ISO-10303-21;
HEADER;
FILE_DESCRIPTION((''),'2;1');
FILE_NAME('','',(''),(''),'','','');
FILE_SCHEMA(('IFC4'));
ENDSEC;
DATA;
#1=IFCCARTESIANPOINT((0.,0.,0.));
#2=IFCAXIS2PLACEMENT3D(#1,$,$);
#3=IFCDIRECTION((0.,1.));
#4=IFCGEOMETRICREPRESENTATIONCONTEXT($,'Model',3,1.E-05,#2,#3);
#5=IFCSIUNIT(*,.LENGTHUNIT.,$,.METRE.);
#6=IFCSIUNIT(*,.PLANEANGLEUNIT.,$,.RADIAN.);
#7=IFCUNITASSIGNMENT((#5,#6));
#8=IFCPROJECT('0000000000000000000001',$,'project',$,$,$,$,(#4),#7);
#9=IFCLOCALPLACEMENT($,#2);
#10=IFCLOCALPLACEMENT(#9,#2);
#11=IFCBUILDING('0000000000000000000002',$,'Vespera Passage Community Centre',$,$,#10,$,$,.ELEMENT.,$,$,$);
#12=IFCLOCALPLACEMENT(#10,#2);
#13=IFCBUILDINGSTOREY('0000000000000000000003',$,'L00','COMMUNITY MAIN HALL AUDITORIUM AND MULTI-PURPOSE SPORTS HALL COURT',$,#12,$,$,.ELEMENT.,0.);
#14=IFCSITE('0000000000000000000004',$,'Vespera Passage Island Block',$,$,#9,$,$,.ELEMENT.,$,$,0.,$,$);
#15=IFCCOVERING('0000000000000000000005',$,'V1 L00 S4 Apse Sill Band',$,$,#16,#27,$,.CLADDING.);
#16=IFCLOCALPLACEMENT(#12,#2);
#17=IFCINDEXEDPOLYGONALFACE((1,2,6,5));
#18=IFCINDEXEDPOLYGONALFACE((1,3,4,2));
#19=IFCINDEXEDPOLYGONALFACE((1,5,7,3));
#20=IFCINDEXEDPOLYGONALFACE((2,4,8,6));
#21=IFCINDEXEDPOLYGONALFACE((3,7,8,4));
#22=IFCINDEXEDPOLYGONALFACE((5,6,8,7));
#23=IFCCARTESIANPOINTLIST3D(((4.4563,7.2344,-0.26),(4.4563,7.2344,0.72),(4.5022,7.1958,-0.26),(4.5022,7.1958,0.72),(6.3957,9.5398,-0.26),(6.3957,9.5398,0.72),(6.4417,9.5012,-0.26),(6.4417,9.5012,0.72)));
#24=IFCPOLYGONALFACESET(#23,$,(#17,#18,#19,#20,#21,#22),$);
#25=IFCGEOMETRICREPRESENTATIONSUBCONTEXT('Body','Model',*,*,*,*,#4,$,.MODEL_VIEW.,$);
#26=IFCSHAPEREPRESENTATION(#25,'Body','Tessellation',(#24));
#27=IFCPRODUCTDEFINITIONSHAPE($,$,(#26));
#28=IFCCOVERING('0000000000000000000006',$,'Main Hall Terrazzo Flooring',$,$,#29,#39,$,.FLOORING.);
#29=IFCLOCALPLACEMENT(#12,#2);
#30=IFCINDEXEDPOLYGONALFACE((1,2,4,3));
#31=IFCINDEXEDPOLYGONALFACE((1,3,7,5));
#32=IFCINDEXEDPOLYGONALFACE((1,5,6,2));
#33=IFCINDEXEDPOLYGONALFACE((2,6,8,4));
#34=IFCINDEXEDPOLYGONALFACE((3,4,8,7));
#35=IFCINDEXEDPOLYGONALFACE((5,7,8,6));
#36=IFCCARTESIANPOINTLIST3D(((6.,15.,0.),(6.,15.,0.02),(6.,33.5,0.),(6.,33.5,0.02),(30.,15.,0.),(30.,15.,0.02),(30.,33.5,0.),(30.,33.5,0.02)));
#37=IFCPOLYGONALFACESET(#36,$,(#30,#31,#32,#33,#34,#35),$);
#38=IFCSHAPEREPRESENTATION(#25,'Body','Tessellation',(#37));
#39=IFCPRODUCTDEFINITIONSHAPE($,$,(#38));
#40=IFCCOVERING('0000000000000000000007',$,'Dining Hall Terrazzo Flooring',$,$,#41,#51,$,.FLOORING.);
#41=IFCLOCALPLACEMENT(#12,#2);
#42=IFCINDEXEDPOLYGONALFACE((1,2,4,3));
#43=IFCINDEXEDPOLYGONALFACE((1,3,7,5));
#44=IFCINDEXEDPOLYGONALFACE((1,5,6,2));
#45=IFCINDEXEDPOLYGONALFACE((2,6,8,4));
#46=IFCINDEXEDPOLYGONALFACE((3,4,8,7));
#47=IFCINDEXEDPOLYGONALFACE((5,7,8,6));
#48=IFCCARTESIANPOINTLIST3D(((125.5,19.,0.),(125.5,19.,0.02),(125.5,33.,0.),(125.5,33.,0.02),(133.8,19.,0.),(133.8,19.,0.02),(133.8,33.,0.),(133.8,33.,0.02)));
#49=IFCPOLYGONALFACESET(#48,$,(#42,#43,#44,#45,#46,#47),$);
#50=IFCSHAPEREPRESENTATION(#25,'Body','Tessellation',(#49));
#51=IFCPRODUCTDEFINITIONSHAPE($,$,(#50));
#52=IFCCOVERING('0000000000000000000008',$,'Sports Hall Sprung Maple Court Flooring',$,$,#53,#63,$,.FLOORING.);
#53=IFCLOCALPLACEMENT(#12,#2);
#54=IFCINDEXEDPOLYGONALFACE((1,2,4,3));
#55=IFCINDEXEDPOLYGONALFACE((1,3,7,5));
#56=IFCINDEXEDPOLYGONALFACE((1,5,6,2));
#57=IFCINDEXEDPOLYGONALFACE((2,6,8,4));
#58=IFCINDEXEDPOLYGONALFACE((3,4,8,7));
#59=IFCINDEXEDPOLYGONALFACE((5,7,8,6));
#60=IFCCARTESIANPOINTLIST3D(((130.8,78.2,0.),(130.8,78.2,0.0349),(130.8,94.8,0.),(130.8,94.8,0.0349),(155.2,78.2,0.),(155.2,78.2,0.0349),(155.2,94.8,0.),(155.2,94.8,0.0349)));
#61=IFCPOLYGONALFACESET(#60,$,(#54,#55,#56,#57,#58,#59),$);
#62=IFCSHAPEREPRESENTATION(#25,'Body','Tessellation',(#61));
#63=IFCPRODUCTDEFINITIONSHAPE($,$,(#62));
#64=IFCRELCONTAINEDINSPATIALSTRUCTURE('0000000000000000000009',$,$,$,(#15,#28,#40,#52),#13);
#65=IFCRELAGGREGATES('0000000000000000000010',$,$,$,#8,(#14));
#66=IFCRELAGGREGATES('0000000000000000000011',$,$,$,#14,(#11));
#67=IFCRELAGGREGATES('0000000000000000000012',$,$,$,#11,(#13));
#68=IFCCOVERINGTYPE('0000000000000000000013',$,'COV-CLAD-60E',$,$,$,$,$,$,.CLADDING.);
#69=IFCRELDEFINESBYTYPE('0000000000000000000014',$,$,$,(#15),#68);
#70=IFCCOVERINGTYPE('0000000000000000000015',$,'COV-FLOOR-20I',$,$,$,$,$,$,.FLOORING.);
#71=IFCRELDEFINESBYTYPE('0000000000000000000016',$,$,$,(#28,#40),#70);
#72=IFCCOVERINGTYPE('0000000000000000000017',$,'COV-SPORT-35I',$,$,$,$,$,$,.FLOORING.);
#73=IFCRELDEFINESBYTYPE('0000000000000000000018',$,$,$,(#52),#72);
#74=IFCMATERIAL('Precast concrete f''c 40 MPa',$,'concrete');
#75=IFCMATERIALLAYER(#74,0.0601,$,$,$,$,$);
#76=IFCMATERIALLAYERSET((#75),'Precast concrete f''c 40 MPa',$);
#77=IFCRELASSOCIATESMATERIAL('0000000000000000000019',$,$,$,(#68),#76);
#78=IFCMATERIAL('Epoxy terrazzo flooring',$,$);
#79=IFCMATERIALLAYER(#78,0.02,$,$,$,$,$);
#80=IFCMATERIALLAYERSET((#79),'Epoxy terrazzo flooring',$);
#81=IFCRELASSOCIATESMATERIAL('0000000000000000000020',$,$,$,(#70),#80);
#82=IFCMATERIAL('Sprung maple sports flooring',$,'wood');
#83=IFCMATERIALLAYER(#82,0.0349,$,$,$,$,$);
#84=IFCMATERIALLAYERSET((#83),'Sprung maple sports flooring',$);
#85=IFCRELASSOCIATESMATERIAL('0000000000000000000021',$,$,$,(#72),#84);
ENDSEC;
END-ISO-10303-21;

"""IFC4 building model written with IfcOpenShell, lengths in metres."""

from ifc_helpers import new_model, si_unit, direction, frame, frame_2d, origin, place, context, subcontext, project, spatial, polyline, rectangle, outline, extrude, material, layer, layer_set, type_object, element, save


model = new_model("IFC4")

# Units and contexts
model_context = context("Model", 3, precision=1e-05, world=origin(), true_north=direction((0.0, 1.0)))
body_context = subcontext(model_context, "Body", "Model", "MODEL_VIEW")
ifc_project = project(units=[si_unit("LENGTHUNIT", "METRE"), si_unit("PLANEANGLEUNIT", "RADIAN")], contexts=[model_context])

# Site, building, storey
site_placement = place(None, origin())
site = spatial("IfcSite", under=ifc_project, at=site_placement, Name="Vespera Passage Island Block", CompositionType="ELEMENT", RefElevation=0.0)
building_placement = place(site_placement, origin())
building = spatial("IfcBuilding", under=site, at=building_placement, Name="Vespera Passage Community Centre", CompositionType="ELEMENT")
storey_placement = place(building_placement, origin())
storey = spatial("IfcBuildingStorey", under=building, at=storey_placement, Name="L00", Description="COMMUNITY MAIN HALL AUDITORIUM AND MULTI-PURPOSE SPORTS HALL COURT", CompositionType="ELEMENT", Elevation=0.0)

# Coverings
ifc_material_1 = material(Name="Precast concrete f'c 40 MPa", Category="concrete")
ifc_layer_1 = layer(ifc_material_1, 0.0601)
ifc_layer_set_1 = layer_set([ifc_layer_1], Name="Precast concrete f'c 40 MPa")
covering_type_1 = type_object("IfcCoveringType", Name="COV-CLAD-60E", PredefinedType="CLADDING", material=ifc_layer_set_1)
covering_1_placement = place(storey_placement, frame((6.4187, 9.5205, -0.26), z_axis=(0.0, 0.0, 1.0), x_axis=(-0.643756, -0.765231, 0.0)))
element("IfcCovering", 1, at=covering_1_placement, inside=storey, type_object=covering_type_1, Name="V1 L00 S4 Apse Sill Band", PredefinedType="CLADDING", context=body_context, shape_type="SweptSolid", body=[
    extrude(rectangle(XDim=3.0127, YDim=0.0601, at=frame_2d((1.5063, 0.0))), origin(), (0.0, 0.0, 1.0), 0.98),
])
ifc_material_2 = material(Name="Epoxy terrazzo flooring")
ifc_layer_2 = layer(ifc_material_2, 0.02)
ifc_layer_set_2 = layer_set([ifc_layer_2], Name="Epoxy terrazzo flooring")
covering_type_2 = type_object("IfcCoveringType", Name="COV-FLOOR-20I", PredefinedType="FLOORING", material=ifc_layer_set_2)
covering_2_placement = place(storey_placement, origin())
element("IfcCovering", 2, at=covering_2_placement, inside=storey, type_object=covering_type_2, Name="Main Hall Terrazzo Flooring", PredefinedType="FLOORING", context=body_context, shape_type="SweptSolid", body=[
    extrude(outline(polyline([(6.0, 15.0), (30.0, 15.0), (30.0, 33.5), (6.0, 33.5), (6.0, 15.0)])), origin(), (0.0, 0.0, 1.0), 0.02),
])
covering_3_placement = place(storey_placement, origin())
element("IfcCovering", 3, at=covering_3_placement, inside=storey, type_object=covering_type_2, Name="Dining Hall Terrazzo Flooring", PredefinedType="FLOORING", context=body_context, shape_type="SweptSolid", body=[
    extrude(outline(polyline([(125.5, 19.0), (133.8, 19.0), (133.8, 33.0), (125.5, 33.0), (125.5, 19.0)])), origin(), (0.0, 0.0, 1.0), 0.02),
])
ifc_material_3 = material(Name="Sprung maple sports flooring", Category="wood")
ifc_layer_3 = layer(ifc_material_3, 0.0349)
ifc_layer_set_3 = layer_set([ifc_layer_3], Name="Sprung maple sports flooring")
covering_type_3 = type_object("IfcCoveringType", Name="COV-SPORT-35I", PredefinedType="FLOORING", material=ifc_layer_set_3)
covering_4_placement = place(storey_placement, origin())
element("IfcCovering", 4, at=covering_4_placement, inside=storey, type_object=covering_type_3, Name="Sports Hall Sprung Maple Court Flooring", PredefinedType="FLOORING", context=body_context, shape_type="SweptSolid", body=[
    extrude(outline(polyline([(130.8, 78.2), (155.2, 78.2), (155.2, 94.8), (130.8, 94.8), (130.8, 78.2)])), origin(), (0.0, 0.0, 1.0), 0.0349),
])

save(model, "model.ifc")
